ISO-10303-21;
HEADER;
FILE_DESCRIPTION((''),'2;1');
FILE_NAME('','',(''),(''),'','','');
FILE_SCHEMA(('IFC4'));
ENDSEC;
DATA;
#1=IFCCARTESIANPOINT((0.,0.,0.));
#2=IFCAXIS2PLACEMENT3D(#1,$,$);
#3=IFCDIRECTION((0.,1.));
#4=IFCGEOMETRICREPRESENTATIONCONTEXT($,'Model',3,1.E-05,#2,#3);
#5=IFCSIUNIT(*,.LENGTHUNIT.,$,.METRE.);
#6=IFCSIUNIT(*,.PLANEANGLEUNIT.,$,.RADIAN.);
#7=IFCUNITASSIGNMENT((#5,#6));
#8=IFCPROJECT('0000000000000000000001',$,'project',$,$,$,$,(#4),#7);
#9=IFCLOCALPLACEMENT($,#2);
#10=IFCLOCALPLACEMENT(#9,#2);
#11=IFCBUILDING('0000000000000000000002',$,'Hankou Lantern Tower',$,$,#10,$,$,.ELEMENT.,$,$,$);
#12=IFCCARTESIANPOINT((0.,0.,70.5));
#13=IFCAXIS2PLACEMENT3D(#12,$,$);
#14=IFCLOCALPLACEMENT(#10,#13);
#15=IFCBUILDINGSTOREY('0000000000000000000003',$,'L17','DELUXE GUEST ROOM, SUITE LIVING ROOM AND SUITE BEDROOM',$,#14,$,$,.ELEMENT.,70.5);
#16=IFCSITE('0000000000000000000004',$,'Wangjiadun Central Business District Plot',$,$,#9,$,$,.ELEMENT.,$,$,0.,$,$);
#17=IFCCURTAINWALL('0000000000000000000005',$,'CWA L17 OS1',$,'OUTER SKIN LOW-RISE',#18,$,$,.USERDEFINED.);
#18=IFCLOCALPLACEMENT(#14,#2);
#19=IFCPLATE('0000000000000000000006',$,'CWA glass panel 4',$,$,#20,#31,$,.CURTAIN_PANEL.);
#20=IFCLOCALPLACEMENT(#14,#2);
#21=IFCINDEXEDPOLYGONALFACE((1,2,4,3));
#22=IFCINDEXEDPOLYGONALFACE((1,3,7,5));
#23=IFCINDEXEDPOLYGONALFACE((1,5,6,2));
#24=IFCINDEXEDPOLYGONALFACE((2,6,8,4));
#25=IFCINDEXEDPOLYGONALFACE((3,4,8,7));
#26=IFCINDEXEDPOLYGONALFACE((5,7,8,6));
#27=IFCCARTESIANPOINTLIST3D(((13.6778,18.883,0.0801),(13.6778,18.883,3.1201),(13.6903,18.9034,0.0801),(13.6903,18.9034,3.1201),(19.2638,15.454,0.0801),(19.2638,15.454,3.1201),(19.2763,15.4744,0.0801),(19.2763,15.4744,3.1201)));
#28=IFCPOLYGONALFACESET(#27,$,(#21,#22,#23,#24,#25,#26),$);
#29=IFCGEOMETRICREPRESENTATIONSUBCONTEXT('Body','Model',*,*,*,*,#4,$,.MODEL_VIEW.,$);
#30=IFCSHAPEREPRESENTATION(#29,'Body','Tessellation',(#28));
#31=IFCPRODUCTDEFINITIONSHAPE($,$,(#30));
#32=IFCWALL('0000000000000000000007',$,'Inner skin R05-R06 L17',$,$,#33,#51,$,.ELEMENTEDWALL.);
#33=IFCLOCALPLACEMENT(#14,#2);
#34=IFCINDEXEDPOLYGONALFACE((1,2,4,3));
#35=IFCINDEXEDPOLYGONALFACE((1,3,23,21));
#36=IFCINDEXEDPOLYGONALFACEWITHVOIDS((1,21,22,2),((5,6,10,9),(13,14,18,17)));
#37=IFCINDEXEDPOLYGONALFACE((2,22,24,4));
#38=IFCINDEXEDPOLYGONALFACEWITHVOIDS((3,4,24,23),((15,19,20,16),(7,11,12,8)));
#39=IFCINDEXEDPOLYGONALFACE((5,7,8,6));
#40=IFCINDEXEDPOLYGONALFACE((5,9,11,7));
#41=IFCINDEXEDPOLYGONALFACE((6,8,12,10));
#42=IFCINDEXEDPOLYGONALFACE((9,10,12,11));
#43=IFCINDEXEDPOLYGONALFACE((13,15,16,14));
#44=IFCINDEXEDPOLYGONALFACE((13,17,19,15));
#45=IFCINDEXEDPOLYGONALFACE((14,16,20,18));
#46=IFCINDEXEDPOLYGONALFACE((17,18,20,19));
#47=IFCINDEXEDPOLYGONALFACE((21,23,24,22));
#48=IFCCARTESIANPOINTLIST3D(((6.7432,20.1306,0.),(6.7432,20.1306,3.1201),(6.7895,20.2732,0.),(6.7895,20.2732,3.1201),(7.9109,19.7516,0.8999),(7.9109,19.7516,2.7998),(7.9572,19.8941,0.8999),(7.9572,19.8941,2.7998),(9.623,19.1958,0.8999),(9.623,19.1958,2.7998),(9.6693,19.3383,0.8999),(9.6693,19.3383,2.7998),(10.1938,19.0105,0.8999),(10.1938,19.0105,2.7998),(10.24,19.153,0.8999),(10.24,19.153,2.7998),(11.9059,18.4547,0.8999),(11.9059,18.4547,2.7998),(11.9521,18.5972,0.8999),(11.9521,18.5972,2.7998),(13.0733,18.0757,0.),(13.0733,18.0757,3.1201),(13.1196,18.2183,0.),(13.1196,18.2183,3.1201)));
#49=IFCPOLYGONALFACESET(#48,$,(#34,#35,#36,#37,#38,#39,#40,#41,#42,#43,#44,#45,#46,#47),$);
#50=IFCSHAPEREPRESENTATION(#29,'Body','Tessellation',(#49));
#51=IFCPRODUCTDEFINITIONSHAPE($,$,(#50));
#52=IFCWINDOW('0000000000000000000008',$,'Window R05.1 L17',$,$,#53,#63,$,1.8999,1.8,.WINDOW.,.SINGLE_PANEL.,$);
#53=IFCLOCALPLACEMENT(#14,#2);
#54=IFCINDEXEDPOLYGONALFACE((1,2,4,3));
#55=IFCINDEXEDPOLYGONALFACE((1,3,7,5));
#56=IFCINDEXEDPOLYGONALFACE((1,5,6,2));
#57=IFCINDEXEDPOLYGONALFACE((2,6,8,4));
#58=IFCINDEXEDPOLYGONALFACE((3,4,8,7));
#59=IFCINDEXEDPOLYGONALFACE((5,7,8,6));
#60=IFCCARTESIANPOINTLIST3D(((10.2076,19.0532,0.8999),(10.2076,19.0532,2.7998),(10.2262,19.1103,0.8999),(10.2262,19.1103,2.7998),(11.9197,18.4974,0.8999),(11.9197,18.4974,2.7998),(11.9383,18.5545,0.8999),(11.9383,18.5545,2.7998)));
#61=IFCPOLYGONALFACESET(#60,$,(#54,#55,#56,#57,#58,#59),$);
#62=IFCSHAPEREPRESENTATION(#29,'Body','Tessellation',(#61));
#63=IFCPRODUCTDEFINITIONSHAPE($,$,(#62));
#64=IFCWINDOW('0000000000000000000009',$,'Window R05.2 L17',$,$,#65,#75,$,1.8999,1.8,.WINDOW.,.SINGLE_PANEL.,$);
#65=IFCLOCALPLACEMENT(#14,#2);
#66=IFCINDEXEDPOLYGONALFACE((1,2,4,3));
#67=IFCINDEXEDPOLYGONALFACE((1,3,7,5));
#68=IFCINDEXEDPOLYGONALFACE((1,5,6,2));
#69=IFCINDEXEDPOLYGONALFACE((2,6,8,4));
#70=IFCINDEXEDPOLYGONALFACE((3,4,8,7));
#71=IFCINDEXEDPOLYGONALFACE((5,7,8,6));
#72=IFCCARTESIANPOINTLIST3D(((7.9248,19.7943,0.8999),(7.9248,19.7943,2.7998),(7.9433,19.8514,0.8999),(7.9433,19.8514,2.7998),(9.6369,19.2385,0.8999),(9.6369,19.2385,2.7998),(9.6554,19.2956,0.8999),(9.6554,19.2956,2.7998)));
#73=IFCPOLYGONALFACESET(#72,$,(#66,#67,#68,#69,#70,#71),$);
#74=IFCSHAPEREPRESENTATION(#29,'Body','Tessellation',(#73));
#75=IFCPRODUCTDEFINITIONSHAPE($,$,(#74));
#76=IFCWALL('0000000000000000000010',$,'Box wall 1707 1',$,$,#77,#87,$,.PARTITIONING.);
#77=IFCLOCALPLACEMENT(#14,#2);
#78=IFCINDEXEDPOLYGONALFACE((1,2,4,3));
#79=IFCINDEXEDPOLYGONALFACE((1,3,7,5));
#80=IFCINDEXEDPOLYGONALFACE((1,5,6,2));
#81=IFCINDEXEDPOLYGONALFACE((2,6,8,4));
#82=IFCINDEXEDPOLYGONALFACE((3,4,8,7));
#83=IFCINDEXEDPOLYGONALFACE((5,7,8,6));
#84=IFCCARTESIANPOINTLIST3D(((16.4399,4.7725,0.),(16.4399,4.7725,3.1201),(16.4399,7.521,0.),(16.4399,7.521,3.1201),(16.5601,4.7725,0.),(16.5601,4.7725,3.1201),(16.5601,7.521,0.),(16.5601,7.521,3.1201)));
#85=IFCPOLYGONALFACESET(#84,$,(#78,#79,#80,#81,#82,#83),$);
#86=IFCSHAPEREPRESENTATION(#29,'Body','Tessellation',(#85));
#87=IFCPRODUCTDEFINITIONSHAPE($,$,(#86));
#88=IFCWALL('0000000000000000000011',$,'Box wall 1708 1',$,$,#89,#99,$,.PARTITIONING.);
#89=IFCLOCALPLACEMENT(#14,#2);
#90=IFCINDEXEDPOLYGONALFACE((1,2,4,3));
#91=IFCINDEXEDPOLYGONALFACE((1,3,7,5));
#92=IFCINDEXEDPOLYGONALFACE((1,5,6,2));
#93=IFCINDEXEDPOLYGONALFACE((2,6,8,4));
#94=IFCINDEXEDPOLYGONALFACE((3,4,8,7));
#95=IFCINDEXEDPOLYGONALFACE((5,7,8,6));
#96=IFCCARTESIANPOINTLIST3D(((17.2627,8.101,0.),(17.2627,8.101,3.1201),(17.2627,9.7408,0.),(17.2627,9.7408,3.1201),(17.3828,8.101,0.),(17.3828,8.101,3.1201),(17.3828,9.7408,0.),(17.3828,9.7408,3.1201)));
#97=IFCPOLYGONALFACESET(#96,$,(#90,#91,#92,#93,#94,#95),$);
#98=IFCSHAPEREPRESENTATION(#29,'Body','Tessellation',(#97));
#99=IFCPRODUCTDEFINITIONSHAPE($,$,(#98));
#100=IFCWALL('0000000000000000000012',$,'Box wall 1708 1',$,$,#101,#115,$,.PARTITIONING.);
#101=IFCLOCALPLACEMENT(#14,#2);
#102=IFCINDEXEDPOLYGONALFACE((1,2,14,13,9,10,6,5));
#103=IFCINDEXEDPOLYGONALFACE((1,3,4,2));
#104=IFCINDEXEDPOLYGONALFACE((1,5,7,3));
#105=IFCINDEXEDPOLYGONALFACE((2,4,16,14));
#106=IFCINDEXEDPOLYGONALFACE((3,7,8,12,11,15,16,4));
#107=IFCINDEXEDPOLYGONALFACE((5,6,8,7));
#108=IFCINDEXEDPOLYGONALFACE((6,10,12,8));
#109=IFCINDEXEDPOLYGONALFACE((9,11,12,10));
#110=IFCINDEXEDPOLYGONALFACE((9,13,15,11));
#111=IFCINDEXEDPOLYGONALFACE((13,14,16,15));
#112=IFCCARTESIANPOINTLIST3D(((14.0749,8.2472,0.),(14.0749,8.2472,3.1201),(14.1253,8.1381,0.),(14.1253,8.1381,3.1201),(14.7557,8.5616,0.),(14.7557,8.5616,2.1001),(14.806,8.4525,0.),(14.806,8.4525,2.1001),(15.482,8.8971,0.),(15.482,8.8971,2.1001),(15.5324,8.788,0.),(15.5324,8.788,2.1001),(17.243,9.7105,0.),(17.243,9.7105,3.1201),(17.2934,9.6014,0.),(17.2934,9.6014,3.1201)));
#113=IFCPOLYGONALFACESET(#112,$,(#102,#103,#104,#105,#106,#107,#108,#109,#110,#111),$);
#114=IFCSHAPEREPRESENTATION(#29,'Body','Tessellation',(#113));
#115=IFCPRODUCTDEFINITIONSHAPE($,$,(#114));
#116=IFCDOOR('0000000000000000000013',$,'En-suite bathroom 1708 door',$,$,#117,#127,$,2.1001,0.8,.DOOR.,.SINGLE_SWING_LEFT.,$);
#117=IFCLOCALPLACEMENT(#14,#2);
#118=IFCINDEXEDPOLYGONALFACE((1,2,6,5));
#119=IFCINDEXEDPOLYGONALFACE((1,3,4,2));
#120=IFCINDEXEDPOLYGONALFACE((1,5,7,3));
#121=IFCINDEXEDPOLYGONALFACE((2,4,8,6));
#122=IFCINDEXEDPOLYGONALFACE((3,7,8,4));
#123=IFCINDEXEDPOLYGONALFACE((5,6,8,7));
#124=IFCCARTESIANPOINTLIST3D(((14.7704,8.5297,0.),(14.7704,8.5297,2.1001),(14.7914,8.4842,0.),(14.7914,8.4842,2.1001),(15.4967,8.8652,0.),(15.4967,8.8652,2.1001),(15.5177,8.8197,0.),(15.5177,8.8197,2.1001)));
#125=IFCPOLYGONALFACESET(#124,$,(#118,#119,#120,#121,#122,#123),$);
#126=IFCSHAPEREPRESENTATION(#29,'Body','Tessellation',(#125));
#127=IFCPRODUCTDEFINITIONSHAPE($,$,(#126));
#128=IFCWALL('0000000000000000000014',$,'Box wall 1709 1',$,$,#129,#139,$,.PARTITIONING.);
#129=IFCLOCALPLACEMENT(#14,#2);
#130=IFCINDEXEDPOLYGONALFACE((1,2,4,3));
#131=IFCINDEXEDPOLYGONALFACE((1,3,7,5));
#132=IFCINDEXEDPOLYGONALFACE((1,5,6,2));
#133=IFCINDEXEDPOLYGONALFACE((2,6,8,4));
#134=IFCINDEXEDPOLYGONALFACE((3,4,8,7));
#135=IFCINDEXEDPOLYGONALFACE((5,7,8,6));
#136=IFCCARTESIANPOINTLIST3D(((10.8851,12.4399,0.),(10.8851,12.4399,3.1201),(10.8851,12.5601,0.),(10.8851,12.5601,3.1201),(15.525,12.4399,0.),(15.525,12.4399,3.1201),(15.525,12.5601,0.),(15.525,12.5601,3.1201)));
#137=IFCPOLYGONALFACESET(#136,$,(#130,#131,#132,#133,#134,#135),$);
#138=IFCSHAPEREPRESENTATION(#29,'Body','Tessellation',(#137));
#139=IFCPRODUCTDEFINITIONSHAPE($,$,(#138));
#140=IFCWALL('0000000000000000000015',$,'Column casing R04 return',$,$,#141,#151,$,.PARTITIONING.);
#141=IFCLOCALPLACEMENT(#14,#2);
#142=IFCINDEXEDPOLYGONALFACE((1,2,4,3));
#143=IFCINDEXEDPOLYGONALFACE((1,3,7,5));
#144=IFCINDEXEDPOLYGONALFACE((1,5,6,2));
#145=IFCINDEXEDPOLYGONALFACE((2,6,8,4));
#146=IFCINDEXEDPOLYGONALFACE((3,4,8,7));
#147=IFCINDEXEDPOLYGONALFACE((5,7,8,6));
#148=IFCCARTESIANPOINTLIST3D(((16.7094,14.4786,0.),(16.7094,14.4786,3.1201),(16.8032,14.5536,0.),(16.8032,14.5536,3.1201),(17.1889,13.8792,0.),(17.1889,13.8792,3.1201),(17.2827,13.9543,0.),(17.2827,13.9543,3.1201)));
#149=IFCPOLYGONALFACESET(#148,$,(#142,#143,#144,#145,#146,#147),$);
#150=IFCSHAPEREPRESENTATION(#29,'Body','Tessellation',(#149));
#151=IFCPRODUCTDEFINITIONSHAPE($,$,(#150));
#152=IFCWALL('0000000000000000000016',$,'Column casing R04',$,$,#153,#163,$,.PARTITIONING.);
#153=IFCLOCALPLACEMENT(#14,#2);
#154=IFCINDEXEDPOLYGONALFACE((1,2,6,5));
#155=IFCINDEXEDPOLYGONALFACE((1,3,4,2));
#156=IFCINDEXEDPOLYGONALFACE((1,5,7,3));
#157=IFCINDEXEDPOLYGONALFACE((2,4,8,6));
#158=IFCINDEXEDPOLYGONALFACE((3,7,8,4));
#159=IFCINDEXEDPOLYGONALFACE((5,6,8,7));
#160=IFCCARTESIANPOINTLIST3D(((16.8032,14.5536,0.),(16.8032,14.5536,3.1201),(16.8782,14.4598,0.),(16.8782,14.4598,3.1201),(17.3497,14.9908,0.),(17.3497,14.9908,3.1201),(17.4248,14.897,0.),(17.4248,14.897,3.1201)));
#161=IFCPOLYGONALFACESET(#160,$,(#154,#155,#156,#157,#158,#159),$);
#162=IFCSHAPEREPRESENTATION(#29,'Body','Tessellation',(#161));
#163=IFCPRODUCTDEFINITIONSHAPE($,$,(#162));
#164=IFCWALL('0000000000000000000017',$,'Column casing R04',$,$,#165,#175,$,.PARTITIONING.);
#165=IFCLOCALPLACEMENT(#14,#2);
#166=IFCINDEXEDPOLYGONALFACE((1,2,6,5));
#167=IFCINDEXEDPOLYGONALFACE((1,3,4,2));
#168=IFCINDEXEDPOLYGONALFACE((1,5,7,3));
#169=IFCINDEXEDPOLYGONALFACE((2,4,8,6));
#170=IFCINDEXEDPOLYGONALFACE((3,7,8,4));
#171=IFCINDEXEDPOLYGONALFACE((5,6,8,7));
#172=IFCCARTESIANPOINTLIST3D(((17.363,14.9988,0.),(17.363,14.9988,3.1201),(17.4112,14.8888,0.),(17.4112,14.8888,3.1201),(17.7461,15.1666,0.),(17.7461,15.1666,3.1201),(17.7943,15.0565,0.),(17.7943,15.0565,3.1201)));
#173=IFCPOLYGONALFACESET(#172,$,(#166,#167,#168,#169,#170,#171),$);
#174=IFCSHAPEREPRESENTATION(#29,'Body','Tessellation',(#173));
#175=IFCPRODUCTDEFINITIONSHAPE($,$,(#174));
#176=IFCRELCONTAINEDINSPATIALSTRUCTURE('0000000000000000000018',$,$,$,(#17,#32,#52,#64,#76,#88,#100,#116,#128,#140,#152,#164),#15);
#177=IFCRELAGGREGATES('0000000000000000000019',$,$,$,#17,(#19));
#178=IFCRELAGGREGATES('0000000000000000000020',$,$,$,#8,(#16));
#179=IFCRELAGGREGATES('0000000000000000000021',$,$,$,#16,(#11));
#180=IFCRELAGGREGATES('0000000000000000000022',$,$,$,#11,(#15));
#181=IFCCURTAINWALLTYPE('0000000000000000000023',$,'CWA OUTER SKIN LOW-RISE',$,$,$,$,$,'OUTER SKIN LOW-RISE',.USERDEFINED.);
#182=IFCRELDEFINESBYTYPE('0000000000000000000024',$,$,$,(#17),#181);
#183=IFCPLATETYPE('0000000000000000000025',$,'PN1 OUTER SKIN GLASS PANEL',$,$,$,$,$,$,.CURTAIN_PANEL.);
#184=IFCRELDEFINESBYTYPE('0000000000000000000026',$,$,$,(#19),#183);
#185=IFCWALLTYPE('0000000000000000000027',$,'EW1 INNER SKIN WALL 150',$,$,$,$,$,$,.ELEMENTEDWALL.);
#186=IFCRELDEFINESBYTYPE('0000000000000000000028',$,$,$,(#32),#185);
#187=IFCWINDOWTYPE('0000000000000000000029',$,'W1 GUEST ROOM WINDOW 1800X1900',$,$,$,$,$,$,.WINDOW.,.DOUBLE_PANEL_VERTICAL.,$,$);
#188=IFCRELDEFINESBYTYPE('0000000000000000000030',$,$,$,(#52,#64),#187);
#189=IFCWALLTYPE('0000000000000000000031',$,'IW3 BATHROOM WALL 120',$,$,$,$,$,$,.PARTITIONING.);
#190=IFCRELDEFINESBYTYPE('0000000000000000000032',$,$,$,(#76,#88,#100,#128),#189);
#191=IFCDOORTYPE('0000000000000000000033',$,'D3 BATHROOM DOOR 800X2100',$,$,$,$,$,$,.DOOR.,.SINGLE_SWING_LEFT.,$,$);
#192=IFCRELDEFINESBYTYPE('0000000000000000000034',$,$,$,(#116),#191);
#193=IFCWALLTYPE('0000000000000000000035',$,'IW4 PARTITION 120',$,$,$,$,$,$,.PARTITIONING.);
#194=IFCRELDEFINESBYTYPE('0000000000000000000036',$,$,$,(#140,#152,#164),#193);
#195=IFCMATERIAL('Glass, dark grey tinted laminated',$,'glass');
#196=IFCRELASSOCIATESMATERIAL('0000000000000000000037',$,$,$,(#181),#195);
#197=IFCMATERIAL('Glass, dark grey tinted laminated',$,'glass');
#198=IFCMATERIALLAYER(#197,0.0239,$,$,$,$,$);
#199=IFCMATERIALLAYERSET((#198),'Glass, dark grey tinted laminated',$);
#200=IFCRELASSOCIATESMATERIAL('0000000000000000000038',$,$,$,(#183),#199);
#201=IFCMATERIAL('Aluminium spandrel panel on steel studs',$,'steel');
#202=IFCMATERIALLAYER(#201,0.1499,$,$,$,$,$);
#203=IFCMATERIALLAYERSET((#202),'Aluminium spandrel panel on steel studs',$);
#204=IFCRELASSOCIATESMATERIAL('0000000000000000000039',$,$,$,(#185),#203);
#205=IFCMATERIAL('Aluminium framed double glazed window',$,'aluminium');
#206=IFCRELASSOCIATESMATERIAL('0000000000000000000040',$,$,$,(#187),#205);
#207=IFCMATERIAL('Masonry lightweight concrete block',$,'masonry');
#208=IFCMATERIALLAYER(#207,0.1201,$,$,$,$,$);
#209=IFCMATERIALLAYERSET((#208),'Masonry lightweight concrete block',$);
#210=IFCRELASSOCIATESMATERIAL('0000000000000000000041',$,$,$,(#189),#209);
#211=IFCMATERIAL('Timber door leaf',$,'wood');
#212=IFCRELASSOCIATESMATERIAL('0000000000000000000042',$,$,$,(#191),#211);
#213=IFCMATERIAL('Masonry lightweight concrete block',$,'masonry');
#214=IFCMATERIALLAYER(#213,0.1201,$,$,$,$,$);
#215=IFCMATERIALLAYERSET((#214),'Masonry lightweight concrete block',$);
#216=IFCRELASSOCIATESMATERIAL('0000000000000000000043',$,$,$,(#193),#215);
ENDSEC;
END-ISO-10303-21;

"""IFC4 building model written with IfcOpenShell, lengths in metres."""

from ifc_helpers import new_model, si_unit, direction, frame, frame_2d, origin, origin_2d, place, context, subcontext, project, spatial, rectangle, extrude, material, layer, layer_set, type_object, element, fill, aggregate, save


model = new_model("IFC4")

# Units and contexts
model_context = context("Model", 3, precision=1e-05, world=origin(), true_north=direction((0.0, 1.0)))
body_context = subcontext(model_context, "Body", "Model", "MODEL_VIEW")
ifc_project = project(units=[si_unit("LENGTHUNIT", "METRE"), si_unit("PLANEANGLEUNIT", "RADIAN")], contexts=[model_context])

# Site, building, storey
site_placement = place(None, origin())
site = spatial("IfcSite", under=ifc_project, at=site_placement, Name="Wangjiadun Central Business District Plot", CompositionType="ELEMENT", RefElevation=0.0)
building_placement = place(site_placement, origin())
building = spatial("IfcBuilding", under=site, at=building_placement, Name="Hankou Lantern Tower", CompositionType="ELEMENT")
storey_placement = place(building_placement, frame((0.0, 0.0, 70.5)))
storey = spatial("IfcBuildingStorey", under=building, at=storey_placement, Name="L17", Description="DELUXE GUEST ROOM, SUITE LIVING ROOM AND SUITE BEDROOM", CompositionType="ELEMENT", Elevation=70.5)

# Curtain wall
ifc_material_1 = material(Name="Glass, dark grey tinted laminated", Category="glass")
curtain_wall_type = type_object("IfcCurtainWallType", Name="CWA OUTER SKIN LOW-RISE", ElementType="OUTER SKIN LOW-RISE", PredefinedType="USERDEFINED", material=ifc_material_1)
curtain_wall_placement = place(storey_placement, origin())
curtain_wall = element("IfcCurtainWall", 1, at=curtain_wall_placement, inside=storey, type_object=curtain_wall_type, Name="CWA L17 OS1", ObjectType="OUTER SKIN LOW-RISE", PredefinedType="USERDEFINED")

# Plate
ifc_material_2 = material(Name="Glass, dark grey tinted laminated", Category="glass")
ifc_layer_1 = layer(ifc_material_2, 0.0239)
ifc_layer_set_1 = layer_set([ifc_layer_1], Name="Glass, dark grey tinted laminated")
plate_type = type_object("IfcPlateType", Name="PN1 OUTER SKIN GLASS PANEL", PredefinedType="CURTAIN_PANEL", material=ifc_layer_set_1)
plate_placement = place(storey_placement, frame((16.4771, 17.1787, 0.0801), z_axis=(0.0, 0.0, 1.0), x_axis=(-0.852237, 0.523156, 0.0)))
plate = element("IfcPlate", 2, at=plate_placement, type_object=plate_type, Name="CWA glass panel 4", PredefinedType="CURTAIN_PANEL", context=body_context, shape_type="SweptSolid", body=[
    extrude(rectangle(XDim=6.5544, YDim=0.0239, at=origin_2d()), origin(), (0.0, 0.0, 1.0), 3.04),
])
aggregate(curtain_wall, [plate])

# Wall, openings, windows
ifc_material_3 = material(Name="Aluminium spandrel panel on steel studs", Category="steel")
ifc_layer_2 = layer(ifc_material_3, 0.1499)
ifc_layer_set_2 = layer_set([ifc_layer_2], Name="Aluminium spandrel panel on steel studs")
wall_type_1 = type_object("IfcWallType", Name="EW1 INNER SKIN WALL 150", PredefinedType="ELEMENTEDWALL", material=ifc_layer_set_2)
wall_1_placement = place(storey_placement, frame((13.0964, 18.147, 0.0), z_axis=(0.0, 0.0, 1.0), x_axis=(-0.951138, 0.308768, 0.0)))
wall_1 = element("IfcWall", 3, at=wall_1_placement, inside=storey, type_object=wall_type_1, Name="Inner skin R05-R06 L17", PredefinedType="ELEMENTEDWALL", context=body_context, shape_type="SweptSolid", body=[
    extrude(rectangle(XDim=6.6553, YDim=0.1499, at=frame_2d((3.3276, 0.0))), origin(), (0.0, 0.0, 1.0), 3.1201),
])
opening_1_placement = place(wall_1_placement, frame((1.2275, 0.0, 0.8999)))
opening_1 = element("IfcOpeningElement", 4, at=opening_1_placement, cuts=wall_1, PredefinedType="OPENING", context=body_context, shape_type="SweptSolid", body=[
    extrude(rectangle(XDim=1.8, YDim=1.8999, at=frame_2d((0.8999, 0.95))), frame((0.0, 0.085, 0.0), z_axis=(0.0, -1.0, 0.0), x_axis=(1.0, 0.0, 0.0)), (0.0, 0.0, 1.0), 0.1699),
])
opening_2_placement = place(wall_1_placement, frame((3.6277, 0.0, 0.8999)))
opening_2 = element("IfcOpeningElement", 5, at=opening_2_placement, cuts=wall_1, PredefinedType="OPENING", context=body_context, shape_type="SweptSolid", body=[
    extrude(rectangle(XDim=1.8, YDim=1.8999, at=frame_2d((0.8999, 0.95))), frame((0.0, 0.085, 0.0), z_axis=(0.0, -1.0, 0.0), x_axis=(1.0, 0.0, 0.0)), (0.0, 0.0, 1.0), 0.1699),
])
ifc_material_4 = material(Name="Aluminium framed double glazed window", Category="aluminium")
window_type = type_object("IfcWindowType", Name="W1 GUEST ROOM WINDOW 1800X1900", PartitioningType="DOUBLE_PANEL_VERTICAL", PredefinedType="WINDOW", material=ifc_material_4)
window_1_placement = place(opening_1_placement, origin())
window_1 = element("IfcWindow", 6, at=window_1_placement, inside=storey, type_object=window_type, Name="Window R05.1 L17", OverallHeight=1.8999, OverallWidth=1.8, PartitioningType="SINGLE_PANEL", PredefinedType="WINDOW", context=body_context, shape_type="SweptSolid", body=[
    extrude(rectangle(XDim=1.8, YDim=1.8999, at=frame_2d((0.8999, 0.95))), frame((0.0, 0.03, 0.0), z_axis=(0.0, -1.0, 0.0), x_axis=(1.0, 0.0, 0.0)), (0.0, 0.0, 1.0), 0.0601),
])
fill(opening_1, window_1)
window_2_placement = place(opening_2_placement, origin())
window_2 = element("IfcWindow", 7, at=window_2_placement, inside=storey, type_object=window_type, Name="Window R05.2 L17", OverallHeight=1.8999, OverallWidth=1.8, PartitioningType="SINGLE_PANEL", PredefinedType="WINDOW", context=body_context, shape_type="SweptSolid", body=[
    extrude(rectangle(XDim=1.8, YDim=1.8999, at=frame_2d((0.8999, 0.95))), frame((0.0, 0.03, 0.0), z_axis=(0.0, -1.0, 0.0), x_axis=(1.0, 0.0, 0.0)), (0.0, 0.0, 1.0), 0.0601),
])
fill(opening_2, window_2)

# Walls
ifc_material_5 = material(Name="Masonry lightweight concrete block", Category="masonry")
ifc_layer_3 = layer(ifc_material_5, 0.1201)
ifc_layer_set_3 = layer_set([ifc_layer_3], Name="Masonry lightweight concrete block")
wall_type_2 = type_object("IfcWallType", Name="IW3 BATHROOM WALL 120", PredefinedType="PARTITIONING", material=ifc_layer_set_3)
wall_2_placement = place(storey_placement, frame((16.5, 7.521, 0.0), z_axis=(0.0, 0.0, 1.0), x_axis=(0.0, -1.0, 0.0)))
element("IfcWall", 8, at=wall_2_placement, inside=storey, type_object=wall_type_2, Name="Box wall 1707 1", PredefinedType="PARTITIONING", context=body_context, shape_type="SweptSolid", body=[
    extrude(rectangle(XDim=2.7485, YDim=0.1201, at=frame_2d((1.3743, 0.0))), origin(), (0.0, 0.0, 1.0), 3.1201),
])
wall_3_placement = place(storey_placement, frame((17.3228, 8.1011, 0.0), z_axis=(0.0, 0.0, 1.0), x_axis=(0.0, 1.0, 0.0)))
element("IfcWall", 9, at=wall_3_placement, inside=storey, type_object=wall_type_2, Name="Box wall 1708 1", PredefinedType="PARTITIONING", context=body_context, shape_type="SweptSolid", body=[
    extrude(rectangle(XDim=1.6399, YDim=0.1201, at=frame_2d((0.8198, 0.0))), origin(), (0.0, 0.0, 1.0), 3.1201),
])

# Wall, opening, door
wall_4_placement = place(storey_placement, frame((14.1001, 8.1926, 0.0), z_axis=(0.0, 0.0, 1.0), x_axis=(0.907836, 0.419324, 0.0)))
wall_4 = element("IfcWall", 10, at=wall_4_placement, inside=storey, type_object=wall_type_2, Name="Box wall 1708 1", PredefinedType="PARTITIONING", context=body_context, shape_type="SweptSolid", body=[
    extrude(rectangle(XDim=3.4897, YDim=0.1201, at=frame_2d((1.7449, 0.0))), origin(), (0.0, 0.0, 1.0), 3.1201),
])
opening_3_placement = place(wall_4_placement, frame((0.75, 0.0, 0.0)))
opening_3 = element("IfcOpeningElement", 11, at=opening_3_placement, cuts=wall_4, PredefinedType="OPENING", context=body_context, shape_type="SweptSolid", body=[
    extrude(rectangle(XDim=0.8, YDim=2.1001, at=frame_2d((0.3999, 1.05))), frame((0.0, 0.0701, 0.0), z_axis=(0.0, -1.0, 0.0), x_axis=(1.0, 0.0, 0.0)), (0.0, 0.0, 1.0), 0.1401),
])
ifc_material_6 = material(Name="Timber door leaf", Category="wood")
door_type = type_object("IfcDoorType", Name="D3 BATHROOM DOOR 800X2100", OperationType="SINGLE_SWING_LEFT", PredefinedType="DOOR", material=ifc_material_6)
door_placement = place(opening_3_placement, origin())
door = element("IfcDoor", 12, at=door_placement, inside=storey, type_object=door_type, Name="En-suite bathroom 1708 door", OperationType="SINGLE_SWING_LEFT", OverallHeight=2.1001, OverallWidth=0.8, PredefinedType="DOOR", context=body_context, shape_type="SweptSolid", body=[
    extrude(rectangle(XDim=0.8, YDim=2.1001, at=frame_2d((0.3999, 1.05))), frame((0.0, 0.0249, 0.0), z_axis=(0.0, -1.0, 0.0), x_axis=(1.0, 0.0, 0.0)), (0.0, 0.0, 1.0), 0.05),
])
fill(opening_3, door)

# Walls
wall_5_placement = place(storey_placement, frame((15.5249, 12.5, 0.0), z_axis=(0.0, 0.0, 1.0), x_axis=(-1.0, 0.0, 0.0)))
element("IfcWall", 13, at=wall_5_placement, inside=storey, type_object=wall_type_2, Name="Box wall 1709 1", PredefinedType="PARTITIONING", context=body_context, shape_type="SweptSolid", body=[
    extrude(rectangle(XDim=4.6399, YDim=0.1201, at=frame_2d((2.3198, 0.0))), origin(), (0.0, 0.0, 1.0), 3.1201),
])
ifc_material_7 = material(Name="Masonry lightweight concrete block", Category="masonry")
ifc_layer_4 = layer(ifc_material_7, 0.1201)
ifc_layer_set_4 = layer_set([ifc_layer_4], Name="Masonry lightweight concrete block")
wall_type_3 = type_object("IfcWallType", Name="IW4 PARTITION 120", PredefinedType="PARTITIONING", material=ifc_layer_set_4)
wall_6_placement = place(storey_placement, frame((17.2358, 13.9167, 0.0), z_axis=(0.0, 0.0, 1.0), x_axis=(-0.624695, 0.780869, 0.0)))
element("IfcWall", 14, at=wall_6_placement, inside=storey, type_object=wall_type_3, Name="Column casing R04 return", PredefinedType="PARTITIONING", context=body_context, shape_type="SweptSolid", body=[
    extrude(rectangle(XDim=0.7676, YDim=0.1201, at=frame_2d((0.3838, 0.0))), origin(), (0.0, 0.0, 1.0), 3.1201),
])
wall_7_placement = place(storey_placement, frame((16.8406, 14.5066, 0.0), z_axis=(0.0, 0.0, 1.0), x_axis=(0.780903, 0.624653, 0.0)))
element("IfcWall", 15, at=wall_7_placement, inside=storey, type_object=wall_type_3, Name="Column casing R04", PredefinedType="PARTITIONING", context=body_context, shape_type="SweptSolid", body=[
    extrude(rectangle(XDim=0.7, YDim=0.1201, at=frame_2d((0.3501, 0.0))), origin(), (0.0, 0.0, 1.0), 3.1201),
])
wall_8_placement = place(storey_placement, frame((17.3872, 14.9438, 0.0), z_axis=(0.0, 0.0, 1.0), x_axis=(0.916037, 0.401094, 0.0)))
element("IfcWall", 16, at=wall_8_placement, inside=storey, type_object=wall_type_3, Name="Column casing R04", PredefinedType="PARTITIONING", context=body_context, shape_type="SweptSolid", body=[
    extrude(rectangle(XDim=0.4182, YDim=0.1201, at=frame_2d((0.209, 0.0))), origin(), (0.0, 0.0, 1.0), 3.1201),
])

save(model, "model.ifc")
